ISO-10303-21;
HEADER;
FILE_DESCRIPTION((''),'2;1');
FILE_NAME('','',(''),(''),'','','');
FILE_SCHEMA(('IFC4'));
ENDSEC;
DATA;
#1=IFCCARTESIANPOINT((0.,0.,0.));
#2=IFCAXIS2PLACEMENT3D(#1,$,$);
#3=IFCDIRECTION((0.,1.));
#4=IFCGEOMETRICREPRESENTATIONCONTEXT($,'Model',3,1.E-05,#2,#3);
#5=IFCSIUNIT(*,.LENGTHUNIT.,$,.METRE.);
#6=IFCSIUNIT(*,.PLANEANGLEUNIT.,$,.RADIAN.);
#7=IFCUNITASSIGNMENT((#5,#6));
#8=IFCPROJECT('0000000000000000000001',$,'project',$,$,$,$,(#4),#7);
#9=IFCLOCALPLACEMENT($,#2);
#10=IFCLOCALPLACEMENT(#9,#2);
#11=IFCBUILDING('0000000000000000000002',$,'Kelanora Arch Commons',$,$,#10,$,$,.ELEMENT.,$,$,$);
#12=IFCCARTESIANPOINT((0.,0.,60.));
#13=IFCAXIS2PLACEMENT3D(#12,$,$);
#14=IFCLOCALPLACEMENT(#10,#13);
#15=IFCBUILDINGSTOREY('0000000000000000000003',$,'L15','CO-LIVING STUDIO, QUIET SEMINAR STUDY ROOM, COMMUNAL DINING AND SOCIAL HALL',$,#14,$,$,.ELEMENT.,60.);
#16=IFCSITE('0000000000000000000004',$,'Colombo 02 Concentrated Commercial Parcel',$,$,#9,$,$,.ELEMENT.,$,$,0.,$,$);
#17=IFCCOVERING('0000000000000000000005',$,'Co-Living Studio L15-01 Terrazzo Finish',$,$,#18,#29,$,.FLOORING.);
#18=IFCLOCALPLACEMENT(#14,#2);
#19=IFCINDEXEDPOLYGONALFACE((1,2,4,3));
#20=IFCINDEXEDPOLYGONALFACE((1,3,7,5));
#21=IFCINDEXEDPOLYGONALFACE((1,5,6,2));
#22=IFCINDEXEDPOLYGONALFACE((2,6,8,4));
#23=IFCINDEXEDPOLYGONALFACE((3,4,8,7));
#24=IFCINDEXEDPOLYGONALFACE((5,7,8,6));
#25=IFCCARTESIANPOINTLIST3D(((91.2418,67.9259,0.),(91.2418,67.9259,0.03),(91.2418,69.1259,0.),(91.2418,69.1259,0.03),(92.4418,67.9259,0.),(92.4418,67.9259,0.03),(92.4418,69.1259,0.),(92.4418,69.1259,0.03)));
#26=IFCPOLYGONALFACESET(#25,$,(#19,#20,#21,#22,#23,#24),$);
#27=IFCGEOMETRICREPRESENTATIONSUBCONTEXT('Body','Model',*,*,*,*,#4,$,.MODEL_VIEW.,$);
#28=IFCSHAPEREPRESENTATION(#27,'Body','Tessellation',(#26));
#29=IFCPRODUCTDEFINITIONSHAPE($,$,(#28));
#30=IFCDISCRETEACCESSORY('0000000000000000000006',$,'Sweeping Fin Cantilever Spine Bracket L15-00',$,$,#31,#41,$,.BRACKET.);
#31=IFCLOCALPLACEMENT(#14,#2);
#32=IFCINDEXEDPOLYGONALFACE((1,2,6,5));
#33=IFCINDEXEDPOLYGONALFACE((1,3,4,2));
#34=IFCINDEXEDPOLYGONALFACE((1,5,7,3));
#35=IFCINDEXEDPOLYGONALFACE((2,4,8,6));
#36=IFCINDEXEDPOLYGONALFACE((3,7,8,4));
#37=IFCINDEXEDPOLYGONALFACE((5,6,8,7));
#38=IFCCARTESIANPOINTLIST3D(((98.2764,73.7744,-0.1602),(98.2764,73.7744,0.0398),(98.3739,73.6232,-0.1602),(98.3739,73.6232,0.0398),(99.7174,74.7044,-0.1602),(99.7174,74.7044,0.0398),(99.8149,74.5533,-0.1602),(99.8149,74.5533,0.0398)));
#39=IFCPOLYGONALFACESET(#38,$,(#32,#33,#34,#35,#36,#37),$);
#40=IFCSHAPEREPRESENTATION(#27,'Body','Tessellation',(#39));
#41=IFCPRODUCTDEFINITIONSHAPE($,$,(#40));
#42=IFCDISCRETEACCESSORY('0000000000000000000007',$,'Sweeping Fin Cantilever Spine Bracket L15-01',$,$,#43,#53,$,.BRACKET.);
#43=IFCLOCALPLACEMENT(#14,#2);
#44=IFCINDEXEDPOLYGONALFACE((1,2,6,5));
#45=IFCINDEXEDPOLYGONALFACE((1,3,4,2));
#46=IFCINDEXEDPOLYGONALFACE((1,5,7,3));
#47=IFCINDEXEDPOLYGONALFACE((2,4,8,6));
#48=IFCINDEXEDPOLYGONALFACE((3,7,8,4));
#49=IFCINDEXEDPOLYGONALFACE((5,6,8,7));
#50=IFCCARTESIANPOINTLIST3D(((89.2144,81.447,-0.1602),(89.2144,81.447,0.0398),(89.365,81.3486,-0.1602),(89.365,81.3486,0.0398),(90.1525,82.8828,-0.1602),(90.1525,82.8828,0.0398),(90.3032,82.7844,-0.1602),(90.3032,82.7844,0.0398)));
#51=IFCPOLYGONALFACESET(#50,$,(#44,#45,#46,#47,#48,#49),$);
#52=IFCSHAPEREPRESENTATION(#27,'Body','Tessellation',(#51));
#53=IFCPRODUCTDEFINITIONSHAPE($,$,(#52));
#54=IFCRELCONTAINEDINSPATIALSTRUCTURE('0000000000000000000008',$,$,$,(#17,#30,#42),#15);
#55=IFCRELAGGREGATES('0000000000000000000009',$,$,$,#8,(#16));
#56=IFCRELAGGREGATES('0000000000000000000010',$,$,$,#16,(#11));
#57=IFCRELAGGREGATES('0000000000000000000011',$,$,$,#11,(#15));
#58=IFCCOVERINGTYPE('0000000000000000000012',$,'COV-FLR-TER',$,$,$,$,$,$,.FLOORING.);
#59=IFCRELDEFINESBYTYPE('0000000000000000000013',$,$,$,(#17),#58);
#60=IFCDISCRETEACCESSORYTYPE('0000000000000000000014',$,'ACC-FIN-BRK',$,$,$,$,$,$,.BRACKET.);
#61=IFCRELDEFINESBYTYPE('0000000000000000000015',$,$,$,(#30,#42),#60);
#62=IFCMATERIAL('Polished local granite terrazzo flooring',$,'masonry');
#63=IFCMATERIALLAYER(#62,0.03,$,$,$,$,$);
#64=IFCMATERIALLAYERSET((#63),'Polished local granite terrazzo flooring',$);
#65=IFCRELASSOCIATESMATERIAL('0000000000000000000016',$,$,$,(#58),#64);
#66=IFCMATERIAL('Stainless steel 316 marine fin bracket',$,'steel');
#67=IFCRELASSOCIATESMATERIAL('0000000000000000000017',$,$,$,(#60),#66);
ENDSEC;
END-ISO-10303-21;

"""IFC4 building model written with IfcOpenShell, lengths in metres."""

from ifc_helpers import new_model, si_unit, direction, frame, origin, origin_2d, place, context, subcontext, project, spatial, rectangle, extrude, source, transform, mapped, material, layer, layer_set, type_object, element, save


model = new_model("IFC4")

# Units and contexts
model_context = context("Model", 3, precision=1e-05, world=origin(), true_north=direction((0.0, 1.0)))
body_context = subcontext(model_context, "Body", "Model", "MODEL_VIEW")
ifc_project = project(units=[si_unit("LENGTHUNIT", "METRE"), si_unit("PLANEANGLEUNIT", "RADIAN")], contexts=[model_context])

# Site, building, storey
site_placement = place(None, origin())
site = spatial("IfcSite", under=ifc_project, at=site_placement, Name="Colombo 02 Concentrated Commercial Parcel", CompositionType="ELEMENT", RefElevation=0.0)
building_placement = place(site_placement, origin())
building = spatial("IfcBuilding", under=site, at=building_placement, Name="Kelanora Arch Commons", CompositionType="ELEMENT")
storey_placement = place(building_placement, frame((0.0, 0.0, 60.0)))
storey = spatial("IfcBuildingStorey", under=building, at=storey_placement, Name="L15", Description="CO-LIVING STUDIO, QUIET SEMINAR STUDY ROOM, COMMUNAL DINING AND SOCIAL HALL", CompositionType="ELEMENT", Elevation=60.0)

# Covering
ifc_material_1 = material(Name="Polished local granite terrazzo flooring", Category="masonry")
ifc_layer_1 = layer(ifc_material_1, 0.03)
ifc_layer_set_1 = layer_set([ifc_layer_1], Name="Polished local granite terrazzo flooring")
covering_type = type_object("IfcCoveringType", Name="COV-FLR-TER", PredefinedType="FLOORING", material=ifc_layer_set_1)
shared_shape_1 = source(origin(), body_context, "Body", "SweptSolid", [
    extrude(rectangle(XDim=1.2, YDim=1.2, at=origin_2d()), origin(), (0.0, 0.0, 1.0), 0.03),
])
covering_placement = place(storey_placement, frame((91.8418, 68.5259, 0.0), z_axis=(0.0, 0.0, 1.0), x_axis=(1.0, 0.0, 0.0)))
element("IfcCovering", 1, at=covering_placement, inside=storey, type_object=covering_type, Name="Co-Living Studio L15-01 Terrazzo Finish", PredefinedType="FLOORING", context=body_context, shape_type="MappedRepresentation", body=[
    mapped(shared_shape_1, transform((0.0, 0.0, 0.0), scale=1.0)),
])

# Discrete accessories
ifc_material_2 = material(Name="Stainless steel 316 marine fin bracket", Category="steel")
discrete_accessory_type = type_object("IfcDiscreteAccessoryType", Name="ACC-FIN-BRK", PredefinedType="BRACKET", material=ifc_material_2)
shared_shape_2 = source(origin(), body_context, "Body", "SweptSolid", [
    extrude(rectangle(XDim=1.7151, YDim=0.1799, at=origin_2d()), origin(), (0.0, 0.0, 1.0), 0.2),
])
for number, where, z_axis, x_axis, name in (
    (2, (99.0457, 74.1638, -0.1602), (0.0, 0.0, 1.0), (0.840188, 0.542295, 0.0), "Sweeping Fin Cantilever Spine Bracket L15-00"),
    (3, (89.7588, 82.1157, -0.1602), (0.0, 0.0, 1.0), (0.546979, 0.837146, 0.0), "Sweeping Fin Cantilever Spine Bracket L15-01"),
):
    element("IfcDiscreteAccessory", number, at=place(storey_placement, frame(where, z_axis=z_axis, x_axis=x_axis)), inside=storey, type_object=discrete_accessory_type, Name=name, PredefinedType="BRACKET", context=body_context, shape_type="MappedRepresentation", body=[
        mapped(shared_shape_2, transform((0.0, 0.0, 0.0), scale=1.0)),
    ])

save(model, "model.ifc")
